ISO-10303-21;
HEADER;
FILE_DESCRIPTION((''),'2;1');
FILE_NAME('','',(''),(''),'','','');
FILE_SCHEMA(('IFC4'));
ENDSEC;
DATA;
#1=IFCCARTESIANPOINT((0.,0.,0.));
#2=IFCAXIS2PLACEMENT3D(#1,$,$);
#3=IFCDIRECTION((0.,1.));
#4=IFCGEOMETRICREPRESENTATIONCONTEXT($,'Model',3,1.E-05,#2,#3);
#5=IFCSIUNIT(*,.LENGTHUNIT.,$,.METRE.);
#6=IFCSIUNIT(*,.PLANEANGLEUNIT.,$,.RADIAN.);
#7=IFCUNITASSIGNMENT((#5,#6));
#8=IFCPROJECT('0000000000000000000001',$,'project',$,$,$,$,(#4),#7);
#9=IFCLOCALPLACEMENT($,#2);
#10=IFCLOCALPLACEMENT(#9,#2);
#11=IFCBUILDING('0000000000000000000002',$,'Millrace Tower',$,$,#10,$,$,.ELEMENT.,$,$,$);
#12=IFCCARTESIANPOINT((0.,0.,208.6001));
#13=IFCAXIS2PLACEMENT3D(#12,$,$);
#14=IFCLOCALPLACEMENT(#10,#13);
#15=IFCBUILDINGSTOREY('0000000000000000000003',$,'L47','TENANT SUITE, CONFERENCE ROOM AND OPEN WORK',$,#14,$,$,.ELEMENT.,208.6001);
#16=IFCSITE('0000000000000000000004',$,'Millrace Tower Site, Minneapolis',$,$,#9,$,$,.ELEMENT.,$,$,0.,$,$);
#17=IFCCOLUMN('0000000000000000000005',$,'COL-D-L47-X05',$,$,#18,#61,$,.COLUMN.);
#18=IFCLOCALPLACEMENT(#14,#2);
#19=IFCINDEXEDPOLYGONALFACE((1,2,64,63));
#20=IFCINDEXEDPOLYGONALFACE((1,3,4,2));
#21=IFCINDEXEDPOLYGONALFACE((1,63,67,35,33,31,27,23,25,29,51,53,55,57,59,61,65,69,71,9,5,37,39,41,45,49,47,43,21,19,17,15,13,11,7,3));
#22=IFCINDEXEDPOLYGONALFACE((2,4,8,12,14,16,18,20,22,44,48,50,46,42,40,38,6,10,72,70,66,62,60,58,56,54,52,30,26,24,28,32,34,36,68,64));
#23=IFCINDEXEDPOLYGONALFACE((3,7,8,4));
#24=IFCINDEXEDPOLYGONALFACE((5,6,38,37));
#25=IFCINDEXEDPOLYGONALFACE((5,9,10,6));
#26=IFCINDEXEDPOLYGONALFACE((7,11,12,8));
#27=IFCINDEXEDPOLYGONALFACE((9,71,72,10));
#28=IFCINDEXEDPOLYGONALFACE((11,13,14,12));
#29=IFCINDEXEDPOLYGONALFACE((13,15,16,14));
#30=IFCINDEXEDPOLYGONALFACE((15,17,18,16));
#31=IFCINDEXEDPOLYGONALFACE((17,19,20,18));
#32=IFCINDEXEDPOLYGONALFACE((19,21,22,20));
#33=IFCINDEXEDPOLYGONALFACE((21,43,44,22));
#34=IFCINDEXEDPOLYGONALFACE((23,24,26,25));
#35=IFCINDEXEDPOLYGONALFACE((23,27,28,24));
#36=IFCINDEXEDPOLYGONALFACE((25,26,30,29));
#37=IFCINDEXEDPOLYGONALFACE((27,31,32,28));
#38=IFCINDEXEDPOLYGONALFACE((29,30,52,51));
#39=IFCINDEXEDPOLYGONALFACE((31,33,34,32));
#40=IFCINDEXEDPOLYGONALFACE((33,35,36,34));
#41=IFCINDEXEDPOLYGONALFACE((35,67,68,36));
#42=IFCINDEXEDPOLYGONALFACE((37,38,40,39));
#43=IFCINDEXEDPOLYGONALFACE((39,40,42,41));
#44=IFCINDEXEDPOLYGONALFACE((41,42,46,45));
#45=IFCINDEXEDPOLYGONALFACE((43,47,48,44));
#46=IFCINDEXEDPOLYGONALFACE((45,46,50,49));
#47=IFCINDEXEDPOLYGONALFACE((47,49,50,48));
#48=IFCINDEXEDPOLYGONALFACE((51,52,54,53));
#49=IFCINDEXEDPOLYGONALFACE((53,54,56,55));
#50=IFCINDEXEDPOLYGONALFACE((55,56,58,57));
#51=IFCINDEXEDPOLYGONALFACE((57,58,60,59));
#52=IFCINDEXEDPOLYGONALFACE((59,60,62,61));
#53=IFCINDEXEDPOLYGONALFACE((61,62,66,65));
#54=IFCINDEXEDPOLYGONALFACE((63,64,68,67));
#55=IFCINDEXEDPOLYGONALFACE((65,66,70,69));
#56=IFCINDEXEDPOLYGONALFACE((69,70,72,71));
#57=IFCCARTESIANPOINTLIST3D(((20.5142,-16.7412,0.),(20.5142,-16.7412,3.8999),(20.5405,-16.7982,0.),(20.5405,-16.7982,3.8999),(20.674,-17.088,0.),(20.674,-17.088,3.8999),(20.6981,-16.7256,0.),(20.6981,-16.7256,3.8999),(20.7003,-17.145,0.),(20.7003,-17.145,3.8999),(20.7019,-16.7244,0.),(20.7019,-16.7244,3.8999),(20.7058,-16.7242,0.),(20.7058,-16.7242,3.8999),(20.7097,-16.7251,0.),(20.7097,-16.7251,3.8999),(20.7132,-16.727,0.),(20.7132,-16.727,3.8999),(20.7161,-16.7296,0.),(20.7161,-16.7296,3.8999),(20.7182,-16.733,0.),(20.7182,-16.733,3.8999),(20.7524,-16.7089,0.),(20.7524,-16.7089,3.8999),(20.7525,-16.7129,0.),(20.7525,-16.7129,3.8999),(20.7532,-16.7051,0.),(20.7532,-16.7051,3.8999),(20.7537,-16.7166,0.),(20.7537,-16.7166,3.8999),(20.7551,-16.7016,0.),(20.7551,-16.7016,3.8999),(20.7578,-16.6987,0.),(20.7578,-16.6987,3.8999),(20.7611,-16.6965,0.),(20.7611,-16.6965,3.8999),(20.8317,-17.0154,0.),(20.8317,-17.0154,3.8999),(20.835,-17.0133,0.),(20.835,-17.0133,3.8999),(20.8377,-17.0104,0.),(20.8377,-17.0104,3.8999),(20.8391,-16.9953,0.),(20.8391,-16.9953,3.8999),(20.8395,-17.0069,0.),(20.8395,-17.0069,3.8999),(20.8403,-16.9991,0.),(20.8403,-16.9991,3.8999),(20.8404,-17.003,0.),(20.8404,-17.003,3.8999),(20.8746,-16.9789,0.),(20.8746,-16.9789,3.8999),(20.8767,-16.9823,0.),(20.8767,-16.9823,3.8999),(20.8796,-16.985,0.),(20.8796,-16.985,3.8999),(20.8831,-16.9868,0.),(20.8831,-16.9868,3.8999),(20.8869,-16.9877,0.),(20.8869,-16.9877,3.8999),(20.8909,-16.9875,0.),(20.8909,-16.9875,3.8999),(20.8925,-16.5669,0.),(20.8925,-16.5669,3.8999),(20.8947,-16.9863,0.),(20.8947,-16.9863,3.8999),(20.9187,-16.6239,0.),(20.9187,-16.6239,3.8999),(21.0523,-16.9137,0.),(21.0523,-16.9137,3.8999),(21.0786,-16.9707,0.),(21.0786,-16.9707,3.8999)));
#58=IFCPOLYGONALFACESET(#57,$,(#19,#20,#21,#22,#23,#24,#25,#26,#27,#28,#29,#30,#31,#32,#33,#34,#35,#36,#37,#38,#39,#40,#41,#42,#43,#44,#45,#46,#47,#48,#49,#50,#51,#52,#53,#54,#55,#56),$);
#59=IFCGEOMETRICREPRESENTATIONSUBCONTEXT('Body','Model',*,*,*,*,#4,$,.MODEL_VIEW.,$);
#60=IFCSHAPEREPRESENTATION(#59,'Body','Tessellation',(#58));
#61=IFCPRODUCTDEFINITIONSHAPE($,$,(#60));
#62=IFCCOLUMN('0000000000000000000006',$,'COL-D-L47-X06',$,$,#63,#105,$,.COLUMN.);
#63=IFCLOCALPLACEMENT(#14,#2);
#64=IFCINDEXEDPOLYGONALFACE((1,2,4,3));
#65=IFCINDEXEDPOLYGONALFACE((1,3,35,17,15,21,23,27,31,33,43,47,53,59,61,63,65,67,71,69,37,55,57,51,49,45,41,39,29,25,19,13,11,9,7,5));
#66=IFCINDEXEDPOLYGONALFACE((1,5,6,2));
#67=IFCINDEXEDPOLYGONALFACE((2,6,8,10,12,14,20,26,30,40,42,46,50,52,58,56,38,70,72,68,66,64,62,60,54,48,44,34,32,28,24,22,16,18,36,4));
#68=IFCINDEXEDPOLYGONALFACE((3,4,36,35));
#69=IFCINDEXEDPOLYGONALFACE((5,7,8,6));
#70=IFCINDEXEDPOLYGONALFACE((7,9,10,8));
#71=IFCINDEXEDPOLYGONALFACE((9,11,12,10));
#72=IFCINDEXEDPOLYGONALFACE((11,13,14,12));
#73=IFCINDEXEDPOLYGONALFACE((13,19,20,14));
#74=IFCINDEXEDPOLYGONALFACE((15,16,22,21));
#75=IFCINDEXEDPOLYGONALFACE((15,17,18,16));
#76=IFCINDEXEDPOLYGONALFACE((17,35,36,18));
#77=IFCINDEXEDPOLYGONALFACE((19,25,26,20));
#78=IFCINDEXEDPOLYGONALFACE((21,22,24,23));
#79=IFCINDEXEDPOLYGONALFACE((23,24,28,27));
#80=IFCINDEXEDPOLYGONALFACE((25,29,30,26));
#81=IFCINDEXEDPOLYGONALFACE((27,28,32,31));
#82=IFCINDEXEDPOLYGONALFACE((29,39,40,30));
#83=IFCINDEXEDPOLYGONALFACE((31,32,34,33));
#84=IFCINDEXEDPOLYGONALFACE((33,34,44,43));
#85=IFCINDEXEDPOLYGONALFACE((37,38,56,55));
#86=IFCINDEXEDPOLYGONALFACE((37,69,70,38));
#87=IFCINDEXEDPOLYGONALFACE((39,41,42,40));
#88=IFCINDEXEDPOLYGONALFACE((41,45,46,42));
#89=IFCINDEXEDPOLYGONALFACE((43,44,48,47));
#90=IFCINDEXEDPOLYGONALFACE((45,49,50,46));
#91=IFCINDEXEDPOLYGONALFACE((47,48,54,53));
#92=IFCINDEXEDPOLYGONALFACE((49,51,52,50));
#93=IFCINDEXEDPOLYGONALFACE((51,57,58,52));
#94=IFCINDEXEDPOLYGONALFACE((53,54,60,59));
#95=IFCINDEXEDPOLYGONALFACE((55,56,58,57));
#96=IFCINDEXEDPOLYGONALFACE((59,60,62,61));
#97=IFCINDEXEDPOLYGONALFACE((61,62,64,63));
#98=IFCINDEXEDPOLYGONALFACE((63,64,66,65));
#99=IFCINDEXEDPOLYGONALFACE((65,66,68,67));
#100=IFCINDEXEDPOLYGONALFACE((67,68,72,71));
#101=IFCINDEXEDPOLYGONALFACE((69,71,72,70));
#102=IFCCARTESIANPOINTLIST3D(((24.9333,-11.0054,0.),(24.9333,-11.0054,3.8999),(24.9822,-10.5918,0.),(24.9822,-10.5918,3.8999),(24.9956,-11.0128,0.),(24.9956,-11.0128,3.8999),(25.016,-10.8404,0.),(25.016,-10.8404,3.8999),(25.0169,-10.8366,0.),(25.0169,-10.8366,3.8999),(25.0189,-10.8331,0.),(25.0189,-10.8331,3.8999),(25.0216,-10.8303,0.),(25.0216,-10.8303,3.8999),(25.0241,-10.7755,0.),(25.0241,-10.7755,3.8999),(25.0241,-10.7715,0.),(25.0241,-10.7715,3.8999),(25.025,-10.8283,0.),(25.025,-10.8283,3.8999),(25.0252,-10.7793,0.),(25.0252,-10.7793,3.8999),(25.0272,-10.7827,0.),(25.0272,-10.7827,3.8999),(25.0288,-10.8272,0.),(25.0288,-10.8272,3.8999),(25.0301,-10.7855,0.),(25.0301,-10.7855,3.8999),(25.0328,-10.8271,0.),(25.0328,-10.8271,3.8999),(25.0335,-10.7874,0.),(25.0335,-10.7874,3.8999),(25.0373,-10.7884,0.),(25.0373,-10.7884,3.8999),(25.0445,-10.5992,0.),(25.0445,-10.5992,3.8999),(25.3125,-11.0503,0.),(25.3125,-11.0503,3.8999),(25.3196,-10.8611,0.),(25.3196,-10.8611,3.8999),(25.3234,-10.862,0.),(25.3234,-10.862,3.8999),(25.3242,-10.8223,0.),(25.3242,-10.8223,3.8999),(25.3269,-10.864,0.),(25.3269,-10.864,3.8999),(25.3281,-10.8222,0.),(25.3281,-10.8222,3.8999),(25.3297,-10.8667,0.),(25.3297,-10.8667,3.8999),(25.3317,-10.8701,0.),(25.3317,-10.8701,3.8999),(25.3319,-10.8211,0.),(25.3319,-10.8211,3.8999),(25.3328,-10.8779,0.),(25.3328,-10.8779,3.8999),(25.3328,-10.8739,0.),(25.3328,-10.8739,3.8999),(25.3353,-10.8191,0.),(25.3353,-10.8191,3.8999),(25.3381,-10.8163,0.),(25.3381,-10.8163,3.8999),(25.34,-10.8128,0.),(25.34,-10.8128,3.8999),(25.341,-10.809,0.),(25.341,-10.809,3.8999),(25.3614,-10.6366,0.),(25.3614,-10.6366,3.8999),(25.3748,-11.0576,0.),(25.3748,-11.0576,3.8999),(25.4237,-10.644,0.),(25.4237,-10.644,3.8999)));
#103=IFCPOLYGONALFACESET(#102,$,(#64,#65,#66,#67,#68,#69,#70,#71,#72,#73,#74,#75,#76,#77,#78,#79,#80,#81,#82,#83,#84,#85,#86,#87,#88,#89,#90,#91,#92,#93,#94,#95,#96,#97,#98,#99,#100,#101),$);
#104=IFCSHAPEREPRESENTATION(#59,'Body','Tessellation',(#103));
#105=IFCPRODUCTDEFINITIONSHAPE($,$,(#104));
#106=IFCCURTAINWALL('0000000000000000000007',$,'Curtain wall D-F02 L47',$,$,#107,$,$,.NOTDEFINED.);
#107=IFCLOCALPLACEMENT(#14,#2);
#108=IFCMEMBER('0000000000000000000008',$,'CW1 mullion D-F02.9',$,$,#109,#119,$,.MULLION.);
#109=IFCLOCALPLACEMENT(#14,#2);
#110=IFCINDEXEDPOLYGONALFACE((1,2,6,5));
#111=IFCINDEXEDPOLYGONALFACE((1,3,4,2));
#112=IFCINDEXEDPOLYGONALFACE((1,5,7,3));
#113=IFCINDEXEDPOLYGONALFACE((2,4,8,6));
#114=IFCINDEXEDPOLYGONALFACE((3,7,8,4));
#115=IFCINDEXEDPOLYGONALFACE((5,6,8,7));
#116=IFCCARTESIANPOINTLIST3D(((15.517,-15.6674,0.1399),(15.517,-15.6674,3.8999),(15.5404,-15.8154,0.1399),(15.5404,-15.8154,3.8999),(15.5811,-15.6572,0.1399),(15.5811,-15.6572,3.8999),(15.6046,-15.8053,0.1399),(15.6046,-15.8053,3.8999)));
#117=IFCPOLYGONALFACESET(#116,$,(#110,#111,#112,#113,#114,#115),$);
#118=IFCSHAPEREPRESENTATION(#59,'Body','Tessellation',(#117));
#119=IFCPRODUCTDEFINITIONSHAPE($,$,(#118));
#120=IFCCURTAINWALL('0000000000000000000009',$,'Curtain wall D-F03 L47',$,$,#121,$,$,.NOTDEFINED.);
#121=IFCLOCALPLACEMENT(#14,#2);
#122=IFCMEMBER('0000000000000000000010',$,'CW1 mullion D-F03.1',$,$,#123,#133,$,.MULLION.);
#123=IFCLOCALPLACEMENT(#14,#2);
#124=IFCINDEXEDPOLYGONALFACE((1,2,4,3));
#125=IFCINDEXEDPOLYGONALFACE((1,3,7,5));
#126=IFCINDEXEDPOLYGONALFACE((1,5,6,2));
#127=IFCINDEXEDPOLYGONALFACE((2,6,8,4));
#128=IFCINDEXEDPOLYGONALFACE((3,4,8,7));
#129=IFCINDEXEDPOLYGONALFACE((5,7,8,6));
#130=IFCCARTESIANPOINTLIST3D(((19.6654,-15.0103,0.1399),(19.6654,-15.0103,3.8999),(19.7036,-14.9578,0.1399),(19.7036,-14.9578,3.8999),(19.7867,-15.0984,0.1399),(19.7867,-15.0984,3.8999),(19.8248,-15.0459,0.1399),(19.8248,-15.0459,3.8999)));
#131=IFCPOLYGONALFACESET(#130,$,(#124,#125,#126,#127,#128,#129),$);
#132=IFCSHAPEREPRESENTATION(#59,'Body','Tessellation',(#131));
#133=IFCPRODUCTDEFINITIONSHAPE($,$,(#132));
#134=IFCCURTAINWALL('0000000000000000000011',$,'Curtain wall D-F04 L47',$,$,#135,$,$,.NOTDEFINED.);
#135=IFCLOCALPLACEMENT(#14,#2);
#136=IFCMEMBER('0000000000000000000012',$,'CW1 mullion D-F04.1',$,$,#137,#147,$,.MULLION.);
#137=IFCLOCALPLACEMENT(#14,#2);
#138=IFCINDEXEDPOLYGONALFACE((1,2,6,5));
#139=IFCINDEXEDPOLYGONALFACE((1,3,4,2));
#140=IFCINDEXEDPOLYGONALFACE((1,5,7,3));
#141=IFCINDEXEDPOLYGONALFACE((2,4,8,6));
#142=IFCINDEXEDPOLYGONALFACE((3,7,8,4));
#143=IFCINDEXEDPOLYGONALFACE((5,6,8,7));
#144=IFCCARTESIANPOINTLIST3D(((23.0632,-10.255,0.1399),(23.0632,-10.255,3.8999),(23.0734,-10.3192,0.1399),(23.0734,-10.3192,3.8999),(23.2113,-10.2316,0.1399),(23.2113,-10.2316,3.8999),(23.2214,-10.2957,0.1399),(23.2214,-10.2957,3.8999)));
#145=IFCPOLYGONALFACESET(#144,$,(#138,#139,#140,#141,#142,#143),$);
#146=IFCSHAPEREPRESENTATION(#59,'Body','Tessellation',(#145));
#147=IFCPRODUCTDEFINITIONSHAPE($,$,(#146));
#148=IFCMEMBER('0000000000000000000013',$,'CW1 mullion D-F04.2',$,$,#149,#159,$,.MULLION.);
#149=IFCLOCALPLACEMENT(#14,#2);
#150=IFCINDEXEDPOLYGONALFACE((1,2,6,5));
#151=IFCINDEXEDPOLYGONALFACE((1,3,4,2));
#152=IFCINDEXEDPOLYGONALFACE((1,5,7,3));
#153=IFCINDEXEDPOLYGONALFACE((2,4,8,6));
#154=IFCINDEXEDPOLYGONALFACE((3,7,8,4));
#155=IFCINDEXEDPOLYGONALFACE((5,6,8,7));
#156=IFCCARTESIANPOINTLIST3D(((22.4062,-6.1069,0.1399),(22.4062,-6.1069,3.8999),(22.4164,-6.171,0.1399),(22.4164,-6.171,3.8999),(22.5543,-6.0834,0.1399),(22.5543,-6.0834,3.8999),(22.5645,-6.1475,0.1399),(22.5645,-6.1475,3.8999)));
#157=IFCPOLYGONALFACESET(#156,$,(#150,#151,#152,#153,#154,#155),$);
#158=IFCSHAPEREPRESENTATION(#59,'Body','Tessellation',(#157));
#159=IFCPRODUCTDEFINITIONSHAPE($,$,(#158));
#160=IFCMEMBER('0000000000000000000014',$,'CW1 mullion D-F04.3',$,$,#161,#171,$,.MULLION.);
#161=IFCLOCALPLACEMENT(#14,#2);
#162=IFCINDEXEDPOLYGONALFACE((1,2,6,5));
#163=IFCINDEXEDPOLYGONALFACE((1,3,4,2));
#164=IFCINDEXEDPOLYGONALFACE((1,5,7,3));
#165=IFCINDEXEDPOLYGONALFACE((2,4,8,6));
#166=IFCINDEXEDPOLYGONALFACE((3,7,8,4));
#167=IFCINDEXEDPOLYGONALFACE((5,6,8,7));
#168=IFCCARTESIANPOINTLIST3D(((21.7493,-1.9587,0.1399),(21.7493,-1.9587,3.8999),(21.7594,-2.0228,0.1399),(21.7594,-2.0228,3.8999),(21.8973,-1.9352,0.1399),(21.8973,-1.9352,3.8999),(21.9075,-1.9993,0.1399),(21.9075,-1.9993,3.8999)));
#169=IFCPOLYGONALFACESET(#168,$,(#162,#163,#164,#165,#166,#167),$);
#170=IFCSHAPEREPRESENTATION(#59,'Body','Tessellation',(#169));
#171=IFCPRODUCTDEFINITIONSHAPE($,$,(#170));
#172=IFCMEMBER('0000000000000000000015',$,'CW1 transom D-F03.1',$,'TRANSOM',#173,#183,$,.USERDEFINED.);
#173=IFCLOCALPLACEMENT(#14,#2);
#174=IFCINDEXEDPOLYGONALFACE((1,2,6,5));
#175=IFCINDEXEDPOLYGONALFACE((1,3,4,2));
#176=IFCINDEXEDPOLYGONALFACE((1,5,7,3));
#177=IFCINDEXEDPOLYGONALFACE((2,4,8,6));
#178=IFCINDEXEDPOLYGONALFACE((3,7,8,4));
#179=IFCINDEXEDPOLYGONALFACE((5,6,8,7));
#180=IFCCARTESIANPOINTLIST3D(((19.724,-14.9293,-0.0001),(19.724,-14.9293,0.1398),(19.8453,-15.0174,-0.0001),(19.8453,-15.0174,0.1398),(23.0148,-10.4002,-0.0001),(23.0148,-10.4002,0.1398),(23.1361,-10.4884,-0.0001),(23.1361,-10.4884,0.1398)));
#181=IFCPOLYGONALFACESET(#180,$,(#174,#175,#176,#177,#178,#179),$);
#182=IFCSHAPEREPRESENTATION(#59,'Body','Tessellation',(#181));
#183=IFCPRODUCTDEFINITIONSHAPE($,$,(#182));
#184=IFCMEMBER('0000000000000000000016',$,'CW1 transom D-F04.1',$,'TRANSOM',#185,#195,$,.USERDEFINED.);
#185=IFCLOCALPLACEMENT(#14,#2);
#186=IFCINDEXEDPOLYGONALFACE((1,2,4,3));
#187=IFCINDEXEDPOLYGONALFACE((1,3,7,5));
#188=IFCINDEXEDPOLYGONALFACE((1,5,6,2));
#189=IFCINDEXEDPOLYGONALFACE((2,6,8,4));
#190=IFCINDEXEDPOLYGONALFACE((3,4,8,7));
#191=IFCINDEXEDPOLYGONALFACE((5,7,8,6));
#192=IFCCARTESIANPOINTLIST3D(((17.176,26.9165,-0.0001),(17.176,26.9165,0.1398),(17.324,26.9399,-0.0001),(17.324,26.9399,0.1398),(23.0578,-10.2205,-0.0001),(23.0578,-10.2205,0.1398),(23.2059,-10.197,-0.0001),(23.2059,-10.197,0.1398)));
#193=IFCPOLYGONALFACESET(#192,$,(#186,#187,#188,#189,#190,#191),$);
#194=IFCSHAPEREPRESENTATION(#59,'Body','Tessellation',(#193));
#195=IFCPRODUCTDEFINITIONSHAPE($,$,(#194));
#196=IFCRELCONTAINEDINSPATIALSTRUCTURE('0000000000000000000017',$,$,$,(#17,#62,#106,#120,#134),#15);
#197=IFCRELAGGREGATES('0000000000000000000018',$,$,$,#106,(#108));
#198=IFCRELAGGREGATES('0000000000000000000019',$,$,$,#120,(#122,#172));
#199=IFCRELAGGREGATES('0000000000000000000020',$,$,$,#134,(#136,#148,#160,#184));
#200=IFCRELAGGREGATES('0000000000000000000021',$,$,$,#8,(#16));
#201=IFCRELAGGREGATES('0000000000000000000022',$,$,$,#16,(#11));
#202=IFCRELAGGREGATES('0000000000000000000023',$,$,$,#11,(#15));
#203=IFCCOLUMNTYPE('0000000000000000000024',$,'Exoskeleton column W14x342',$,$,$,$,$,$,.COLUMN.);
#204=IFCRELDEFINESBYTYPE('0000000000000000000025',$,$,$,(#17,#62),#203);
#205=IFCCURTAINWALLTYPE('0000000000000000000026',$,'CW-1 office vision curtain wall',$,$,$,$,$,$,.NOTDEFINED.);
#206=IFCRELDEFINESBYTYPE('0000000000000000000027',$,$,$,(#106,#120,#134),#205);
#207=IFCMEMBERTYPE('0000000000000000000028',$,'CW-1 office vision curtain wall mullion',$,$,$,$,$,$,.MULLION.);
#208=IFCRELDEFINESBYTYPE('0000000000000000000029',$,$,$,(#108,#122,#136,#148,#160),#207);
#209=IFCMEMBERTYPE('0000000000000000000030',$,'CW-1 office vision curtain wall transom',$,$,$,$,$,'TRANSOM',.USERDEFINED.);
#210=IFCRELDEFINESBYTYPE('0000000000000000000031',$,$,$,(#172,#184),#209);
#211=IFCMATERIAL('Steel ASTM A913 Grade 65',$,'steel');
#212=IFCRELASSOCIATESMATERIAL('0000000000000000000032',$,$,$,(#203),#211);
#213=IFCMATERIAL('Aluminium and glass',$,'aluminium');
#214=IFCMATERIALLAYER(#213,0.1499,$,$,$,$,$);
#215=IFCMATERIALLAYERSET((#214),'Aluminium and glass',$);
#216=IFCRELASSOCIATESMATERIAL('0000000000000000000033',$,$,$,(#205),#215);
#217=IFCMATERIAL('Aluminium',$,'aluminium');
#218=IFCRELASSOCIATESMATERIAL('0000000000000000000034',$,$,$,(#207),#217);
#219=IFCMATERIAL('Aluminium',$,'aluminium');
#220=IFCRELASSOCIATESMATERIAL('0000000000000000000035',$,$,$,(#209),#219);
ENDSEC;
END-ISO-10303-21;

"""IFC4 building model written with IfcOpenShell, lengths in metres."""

from ifc_helpers import new_model, si_unit, direction, frame, origin, origin_2d, place, context, subcontext, project, spatial, rectangle, i_section, extrude, material, layer, layer_set, material_profile, profile_set, type_object, element, aggregate, save


model = new_model("IFC4")

# Units and contexts
model_context = context("Model", 3, precision=1e-05, world=origin(), true_north=direction((0.0, 1.0)))
body_context = subcontext(model_context, "Body", "Model", "MODEL_VIEW")
ifc_project = project(units=[si_unit("LENGTHUNIT", "METRE"), si_unit("PLANEANGLEUNIT", "RADIAN")], contexts=[model_context])

# Site, building, storey
site_placement = place(None, origin())
site = spatial("IfcSite", under=ifc_project, at=site_placement, Name="Millrace Tower Site, Minneapolis", CompositionType="ELEMENT", RefElevation=0.0)
building_placement = place(site_placement, origin())
building = spatial("IfcBuilding", under=site, at=building_placement, Name="Millrace Tower", CompositionType="ELEMENT")
storey_placement = place(building_placement, frame((0.0, 0.0, 208.6001)))
storey = spatial("IfcBuildingStorey", under=building, at=storey_placement, Name="L47", Description="TENANT SUITE, CONFERENCE ROOM AND OPEN WORK", CompositionType="ELEMENT", Elevation=208.6001)

# Columns
ifc_material_1 = material(Name="Steel ASTM A913 Grade 65", Category="steel")
ifc_material_profile_1 = material_profile(ifc_material_1, i_section(OverallWidth=0.4165, OverallDepth=0.4446, WebThickness=0.0391, FlangeThickness=0.0627, FilletRadius=0.0151, at=origin_2d()))
ifc_profile_set_1 = profile_set([ifc_material_profile_1], Name="Steel ASTM A913 Grade 65")
column_type = type_object("IfcColumnType", Name="Exoskeleton column W14x342", PredefinedType="COLUMN", material=ifc_profile_set_1)
for number, where, z_axis, x_axis, name in (
    (1, (20.7964, -16.856, 0.0), (0.0, 0.0, 1.0), (0.908192, 0.418553, 0.0), "COL-D-L47-X05"),
    (2, (25.1785, -10.8247, 0.0), (0.0, 0.0, 1.0), (0.117421, 0.993082, 0.0), "COL-D-L47-X06"),
):
    element("IfcColumn", number, at=place(storey_placement, frame(where, z_axis=z_axis, x_axis=x_axis)), inside=storey, type_object=column_type, Name=name, PredefinedType="COLUMN", context=body_context, shape_type="SweptSolid", body=[
        extrude(i_section(OverallWidth=0.4165, OverallDepth=0.4446, WebThickness=0.0391, FlangeThickness=0.0627, FilletRadius=0.0151, at=origin_2d()), origin(), (0.0, 0.0, 1.0), 3.8999),
    ])

# Curtain walls, members
ifc_material_2 = material(Name="Aluminium and glass", Category="aluminium")
ifc_layer_1 = layer(ifc_material_2, 0.1499)
ifc_layer_set_1 = layer_set([ifc_layer_1], Name="Aluminium and glass")
curtain_wall_type = type_object("IfcCurtainWallType", Name="CW-1 office vision curtain wall", PredefinedType="NOTDEFINED", material=ifc_layer_set_1)
placement = place(storey_placement, origin())
curtain_wall_1 = element("IfcCurtainWall", 3, at=placement, inside=storey, type_object=curtain_wall_type, Name="Curtain wall D-F02 L47", PredefinedType="NOTDEFINED")
ifc_material_3 = material(Name="Aluminium", Category="aluminium")
ifc_material_profile_2 = material_profile(ifc_material_3, rectangle(XDim=0.0649, YDim=0.1499, at=origin_2d()))
ifc_profile_set_2 = profile_set([ifc_material_profile_2], Name="Aluminium")
member_type_1 = type_object("IfcMemberType", Name="CW-1 office vision curtain wall mullion", PredefinedType="MULLION", material=ifc_profile_set_2)
member_1_placement = place(storey_placement, frame((15.5608, -15.7363, 0.1399), z_axis=(0.0, 0.0, 1.0), x_axis=(0.987688, 0.156434, 0.0)))
member_1 = element("IfcMember", 4, at=member_1_placement, type_object=member_type_1, Name="CW1 mullion D-F02.9", PredefinedType="MULLION", context=body_context, shape_type="SweptSolid", body=[
    extrude(rectangle(XDim=0.0649, YDim=0.1499, at=origin_2d()), origin(), (0.0, 0.0, 1.0), 3.76),
])
aggregate(curtain_wall_1, [member_1])
curtain_wall_2 = element("IfcCurtainWall", 5, at=placement, inside=storey, type_object=curtain_wall_type, Name="Curtain wall D-F03 L47", PredefinedType="NOTDEFINED")
member_2_placement = place(storey_placement, frame((19.7451, -15.0281, 0.1399), z_axis=(0.0, 0.0, 1.0), x_axis=(0.587785, 0.809017, 0.0)))
member_2 = element("IfcMember", 6, at=member_2_placement, type_object=member_type_1, Name="CW1 mullion D-F03.1", PredefinedType="MULLION", context=body_context, shape_type="SweptSolid", body=[
    extrude(rectangle(XDim=0.0649, YDim=0.1499, at=origin_2d()), origin(), (0.0, 0.0, 1.0), 3.76),
])

# Curtain wall, members
curtain_wall_3 = element("IfcCurtainWall", 7, at=placement, inside=storey, type_object=curtain_wall_type, Name="Curtain wall D-F04 L47", PredefinedType="NOTDEFINED")
member_3_placement = place(storey_placement, frame((23.1423, -10.2754, 0.1399), z_axis=(0.0, 0.0, 1.0), x_axis=(-0.156434, 0.987688, 0.0)))
member_3 = element("IfcMember", 8, at=member_3_placement, type_object=member_type_1, Name="CW1 mullion D-F04.1", PredefinedType="MULLION", context=body_context, shape_type="SweptSolid", body=[
    extrude(rectangle(XDim=0.0649, YDim=0.1499, at=origin_2d()), origin(), (0.0, 0.0, 1.0), 3.76),
])
member_4_placement = place(storey_placement, frame((22.4854, -6.1272, 0.1399), z_axis=(0.0, 0.0, 1.0), x_axis=(-0.156434, 0.987688, 0.0)))
member_4 = element("IfcMember", 9, at=member_4_placement, type_object=member_type_1, Name="CW1 mullion D-F04.2", PredefinedType="MULLION", context=body_context, shape_type="SweptSolid", body=[
    extrude(rectangle(XDim=0.0649, YDim=0.1499, at=origin_2d()), origin(), (0.0, 0.0, 1.0), 3.76),
])
member_5_placement = place(storey_placement, frame((21.8284, -1.979, 0.1399), z_axis=(0.0, 0.0, 1.0), x_axis=(-0.156434, 0.987688, 0.0)))
member_5 = element("IfcMember", 10, at=member_5_placement, type_object=member_type_1, Name="CW1 mullion D-F04.3", PredefinedType="MULLION", context=body_context, shape_type="SweptSolid", body=[
    extrude(rectangle(XDim=0.0649, YDim=0.1499, at=origin_2d()), origin(), (0.0, 0.0, 1.0), 3.76),
])

# Members
ifc_material_4 = material(Name="Aluminium", Category="aluminium")
ifc_material_profile_3 = material_profile(ifc_material_4, rectangle(XDim=0.1499, YDim=0.1399, at=origin_2d()))
ifc_profile_set_3 = profile_set([ifc_material_profile_3], Name="Aluminium")
member_type_2 = type_object("IfcMemberType", Name="CW-1 office vision curtain wall transom", ElementType="TRANSOM", PredefinedType="USERDEFINED", material=ifc_profile_set_3)
member_6_placement = place(storey_placement, frame((19.7847, -14.9734, 0.0698), z_axis=(0.587811, 0.808998, 0.0), x_axis=(-0.808998, 0.587811, 0.0)))
member_6 = element("IfcMember", 11, at=member_6_placement, type_object=member_type_2, Name="CW1 transom D-F03.1", ObjectType="TRANSOM", PredefinedType="USERDEFINED", context=body_context, shape_type="SweptSolid", body=[
    extrude(rectangle(XDim=0.1499, YDim=0.1399, at=origin_2d()), origin(), (0.0, 0.0, 1.0), 5.5984),
])
aggregate(curtain_wall_2, [member_2, member_6])
member_7_placement = place(storey_placement, frame((23.1318, -10.2087, 0.0698), z_axis=(-0.156432, 0.987689, 0.0), x_axis=(-0.987689, -0.156432, 0.0)))
member_7 = element("IfcMember", 12, at=member_7_placement, type_object=member_type_2, Name="CW1 transom D-F04.1", ObjectType="TRANSOM", PredefinedType="USERDEFINED", context=body_context, shape_type="SweptSolid", body=[
    extrude(rectangle(XDim=0.1499, YDim=0.1399, at=origin_2d()), origin(), (0.0, 0.0, 1.0), 37.5999),
])
aggregate(curtain_wall_3, [member_3, member_4, member_5, member_7])

save(model, "model.ifc")
